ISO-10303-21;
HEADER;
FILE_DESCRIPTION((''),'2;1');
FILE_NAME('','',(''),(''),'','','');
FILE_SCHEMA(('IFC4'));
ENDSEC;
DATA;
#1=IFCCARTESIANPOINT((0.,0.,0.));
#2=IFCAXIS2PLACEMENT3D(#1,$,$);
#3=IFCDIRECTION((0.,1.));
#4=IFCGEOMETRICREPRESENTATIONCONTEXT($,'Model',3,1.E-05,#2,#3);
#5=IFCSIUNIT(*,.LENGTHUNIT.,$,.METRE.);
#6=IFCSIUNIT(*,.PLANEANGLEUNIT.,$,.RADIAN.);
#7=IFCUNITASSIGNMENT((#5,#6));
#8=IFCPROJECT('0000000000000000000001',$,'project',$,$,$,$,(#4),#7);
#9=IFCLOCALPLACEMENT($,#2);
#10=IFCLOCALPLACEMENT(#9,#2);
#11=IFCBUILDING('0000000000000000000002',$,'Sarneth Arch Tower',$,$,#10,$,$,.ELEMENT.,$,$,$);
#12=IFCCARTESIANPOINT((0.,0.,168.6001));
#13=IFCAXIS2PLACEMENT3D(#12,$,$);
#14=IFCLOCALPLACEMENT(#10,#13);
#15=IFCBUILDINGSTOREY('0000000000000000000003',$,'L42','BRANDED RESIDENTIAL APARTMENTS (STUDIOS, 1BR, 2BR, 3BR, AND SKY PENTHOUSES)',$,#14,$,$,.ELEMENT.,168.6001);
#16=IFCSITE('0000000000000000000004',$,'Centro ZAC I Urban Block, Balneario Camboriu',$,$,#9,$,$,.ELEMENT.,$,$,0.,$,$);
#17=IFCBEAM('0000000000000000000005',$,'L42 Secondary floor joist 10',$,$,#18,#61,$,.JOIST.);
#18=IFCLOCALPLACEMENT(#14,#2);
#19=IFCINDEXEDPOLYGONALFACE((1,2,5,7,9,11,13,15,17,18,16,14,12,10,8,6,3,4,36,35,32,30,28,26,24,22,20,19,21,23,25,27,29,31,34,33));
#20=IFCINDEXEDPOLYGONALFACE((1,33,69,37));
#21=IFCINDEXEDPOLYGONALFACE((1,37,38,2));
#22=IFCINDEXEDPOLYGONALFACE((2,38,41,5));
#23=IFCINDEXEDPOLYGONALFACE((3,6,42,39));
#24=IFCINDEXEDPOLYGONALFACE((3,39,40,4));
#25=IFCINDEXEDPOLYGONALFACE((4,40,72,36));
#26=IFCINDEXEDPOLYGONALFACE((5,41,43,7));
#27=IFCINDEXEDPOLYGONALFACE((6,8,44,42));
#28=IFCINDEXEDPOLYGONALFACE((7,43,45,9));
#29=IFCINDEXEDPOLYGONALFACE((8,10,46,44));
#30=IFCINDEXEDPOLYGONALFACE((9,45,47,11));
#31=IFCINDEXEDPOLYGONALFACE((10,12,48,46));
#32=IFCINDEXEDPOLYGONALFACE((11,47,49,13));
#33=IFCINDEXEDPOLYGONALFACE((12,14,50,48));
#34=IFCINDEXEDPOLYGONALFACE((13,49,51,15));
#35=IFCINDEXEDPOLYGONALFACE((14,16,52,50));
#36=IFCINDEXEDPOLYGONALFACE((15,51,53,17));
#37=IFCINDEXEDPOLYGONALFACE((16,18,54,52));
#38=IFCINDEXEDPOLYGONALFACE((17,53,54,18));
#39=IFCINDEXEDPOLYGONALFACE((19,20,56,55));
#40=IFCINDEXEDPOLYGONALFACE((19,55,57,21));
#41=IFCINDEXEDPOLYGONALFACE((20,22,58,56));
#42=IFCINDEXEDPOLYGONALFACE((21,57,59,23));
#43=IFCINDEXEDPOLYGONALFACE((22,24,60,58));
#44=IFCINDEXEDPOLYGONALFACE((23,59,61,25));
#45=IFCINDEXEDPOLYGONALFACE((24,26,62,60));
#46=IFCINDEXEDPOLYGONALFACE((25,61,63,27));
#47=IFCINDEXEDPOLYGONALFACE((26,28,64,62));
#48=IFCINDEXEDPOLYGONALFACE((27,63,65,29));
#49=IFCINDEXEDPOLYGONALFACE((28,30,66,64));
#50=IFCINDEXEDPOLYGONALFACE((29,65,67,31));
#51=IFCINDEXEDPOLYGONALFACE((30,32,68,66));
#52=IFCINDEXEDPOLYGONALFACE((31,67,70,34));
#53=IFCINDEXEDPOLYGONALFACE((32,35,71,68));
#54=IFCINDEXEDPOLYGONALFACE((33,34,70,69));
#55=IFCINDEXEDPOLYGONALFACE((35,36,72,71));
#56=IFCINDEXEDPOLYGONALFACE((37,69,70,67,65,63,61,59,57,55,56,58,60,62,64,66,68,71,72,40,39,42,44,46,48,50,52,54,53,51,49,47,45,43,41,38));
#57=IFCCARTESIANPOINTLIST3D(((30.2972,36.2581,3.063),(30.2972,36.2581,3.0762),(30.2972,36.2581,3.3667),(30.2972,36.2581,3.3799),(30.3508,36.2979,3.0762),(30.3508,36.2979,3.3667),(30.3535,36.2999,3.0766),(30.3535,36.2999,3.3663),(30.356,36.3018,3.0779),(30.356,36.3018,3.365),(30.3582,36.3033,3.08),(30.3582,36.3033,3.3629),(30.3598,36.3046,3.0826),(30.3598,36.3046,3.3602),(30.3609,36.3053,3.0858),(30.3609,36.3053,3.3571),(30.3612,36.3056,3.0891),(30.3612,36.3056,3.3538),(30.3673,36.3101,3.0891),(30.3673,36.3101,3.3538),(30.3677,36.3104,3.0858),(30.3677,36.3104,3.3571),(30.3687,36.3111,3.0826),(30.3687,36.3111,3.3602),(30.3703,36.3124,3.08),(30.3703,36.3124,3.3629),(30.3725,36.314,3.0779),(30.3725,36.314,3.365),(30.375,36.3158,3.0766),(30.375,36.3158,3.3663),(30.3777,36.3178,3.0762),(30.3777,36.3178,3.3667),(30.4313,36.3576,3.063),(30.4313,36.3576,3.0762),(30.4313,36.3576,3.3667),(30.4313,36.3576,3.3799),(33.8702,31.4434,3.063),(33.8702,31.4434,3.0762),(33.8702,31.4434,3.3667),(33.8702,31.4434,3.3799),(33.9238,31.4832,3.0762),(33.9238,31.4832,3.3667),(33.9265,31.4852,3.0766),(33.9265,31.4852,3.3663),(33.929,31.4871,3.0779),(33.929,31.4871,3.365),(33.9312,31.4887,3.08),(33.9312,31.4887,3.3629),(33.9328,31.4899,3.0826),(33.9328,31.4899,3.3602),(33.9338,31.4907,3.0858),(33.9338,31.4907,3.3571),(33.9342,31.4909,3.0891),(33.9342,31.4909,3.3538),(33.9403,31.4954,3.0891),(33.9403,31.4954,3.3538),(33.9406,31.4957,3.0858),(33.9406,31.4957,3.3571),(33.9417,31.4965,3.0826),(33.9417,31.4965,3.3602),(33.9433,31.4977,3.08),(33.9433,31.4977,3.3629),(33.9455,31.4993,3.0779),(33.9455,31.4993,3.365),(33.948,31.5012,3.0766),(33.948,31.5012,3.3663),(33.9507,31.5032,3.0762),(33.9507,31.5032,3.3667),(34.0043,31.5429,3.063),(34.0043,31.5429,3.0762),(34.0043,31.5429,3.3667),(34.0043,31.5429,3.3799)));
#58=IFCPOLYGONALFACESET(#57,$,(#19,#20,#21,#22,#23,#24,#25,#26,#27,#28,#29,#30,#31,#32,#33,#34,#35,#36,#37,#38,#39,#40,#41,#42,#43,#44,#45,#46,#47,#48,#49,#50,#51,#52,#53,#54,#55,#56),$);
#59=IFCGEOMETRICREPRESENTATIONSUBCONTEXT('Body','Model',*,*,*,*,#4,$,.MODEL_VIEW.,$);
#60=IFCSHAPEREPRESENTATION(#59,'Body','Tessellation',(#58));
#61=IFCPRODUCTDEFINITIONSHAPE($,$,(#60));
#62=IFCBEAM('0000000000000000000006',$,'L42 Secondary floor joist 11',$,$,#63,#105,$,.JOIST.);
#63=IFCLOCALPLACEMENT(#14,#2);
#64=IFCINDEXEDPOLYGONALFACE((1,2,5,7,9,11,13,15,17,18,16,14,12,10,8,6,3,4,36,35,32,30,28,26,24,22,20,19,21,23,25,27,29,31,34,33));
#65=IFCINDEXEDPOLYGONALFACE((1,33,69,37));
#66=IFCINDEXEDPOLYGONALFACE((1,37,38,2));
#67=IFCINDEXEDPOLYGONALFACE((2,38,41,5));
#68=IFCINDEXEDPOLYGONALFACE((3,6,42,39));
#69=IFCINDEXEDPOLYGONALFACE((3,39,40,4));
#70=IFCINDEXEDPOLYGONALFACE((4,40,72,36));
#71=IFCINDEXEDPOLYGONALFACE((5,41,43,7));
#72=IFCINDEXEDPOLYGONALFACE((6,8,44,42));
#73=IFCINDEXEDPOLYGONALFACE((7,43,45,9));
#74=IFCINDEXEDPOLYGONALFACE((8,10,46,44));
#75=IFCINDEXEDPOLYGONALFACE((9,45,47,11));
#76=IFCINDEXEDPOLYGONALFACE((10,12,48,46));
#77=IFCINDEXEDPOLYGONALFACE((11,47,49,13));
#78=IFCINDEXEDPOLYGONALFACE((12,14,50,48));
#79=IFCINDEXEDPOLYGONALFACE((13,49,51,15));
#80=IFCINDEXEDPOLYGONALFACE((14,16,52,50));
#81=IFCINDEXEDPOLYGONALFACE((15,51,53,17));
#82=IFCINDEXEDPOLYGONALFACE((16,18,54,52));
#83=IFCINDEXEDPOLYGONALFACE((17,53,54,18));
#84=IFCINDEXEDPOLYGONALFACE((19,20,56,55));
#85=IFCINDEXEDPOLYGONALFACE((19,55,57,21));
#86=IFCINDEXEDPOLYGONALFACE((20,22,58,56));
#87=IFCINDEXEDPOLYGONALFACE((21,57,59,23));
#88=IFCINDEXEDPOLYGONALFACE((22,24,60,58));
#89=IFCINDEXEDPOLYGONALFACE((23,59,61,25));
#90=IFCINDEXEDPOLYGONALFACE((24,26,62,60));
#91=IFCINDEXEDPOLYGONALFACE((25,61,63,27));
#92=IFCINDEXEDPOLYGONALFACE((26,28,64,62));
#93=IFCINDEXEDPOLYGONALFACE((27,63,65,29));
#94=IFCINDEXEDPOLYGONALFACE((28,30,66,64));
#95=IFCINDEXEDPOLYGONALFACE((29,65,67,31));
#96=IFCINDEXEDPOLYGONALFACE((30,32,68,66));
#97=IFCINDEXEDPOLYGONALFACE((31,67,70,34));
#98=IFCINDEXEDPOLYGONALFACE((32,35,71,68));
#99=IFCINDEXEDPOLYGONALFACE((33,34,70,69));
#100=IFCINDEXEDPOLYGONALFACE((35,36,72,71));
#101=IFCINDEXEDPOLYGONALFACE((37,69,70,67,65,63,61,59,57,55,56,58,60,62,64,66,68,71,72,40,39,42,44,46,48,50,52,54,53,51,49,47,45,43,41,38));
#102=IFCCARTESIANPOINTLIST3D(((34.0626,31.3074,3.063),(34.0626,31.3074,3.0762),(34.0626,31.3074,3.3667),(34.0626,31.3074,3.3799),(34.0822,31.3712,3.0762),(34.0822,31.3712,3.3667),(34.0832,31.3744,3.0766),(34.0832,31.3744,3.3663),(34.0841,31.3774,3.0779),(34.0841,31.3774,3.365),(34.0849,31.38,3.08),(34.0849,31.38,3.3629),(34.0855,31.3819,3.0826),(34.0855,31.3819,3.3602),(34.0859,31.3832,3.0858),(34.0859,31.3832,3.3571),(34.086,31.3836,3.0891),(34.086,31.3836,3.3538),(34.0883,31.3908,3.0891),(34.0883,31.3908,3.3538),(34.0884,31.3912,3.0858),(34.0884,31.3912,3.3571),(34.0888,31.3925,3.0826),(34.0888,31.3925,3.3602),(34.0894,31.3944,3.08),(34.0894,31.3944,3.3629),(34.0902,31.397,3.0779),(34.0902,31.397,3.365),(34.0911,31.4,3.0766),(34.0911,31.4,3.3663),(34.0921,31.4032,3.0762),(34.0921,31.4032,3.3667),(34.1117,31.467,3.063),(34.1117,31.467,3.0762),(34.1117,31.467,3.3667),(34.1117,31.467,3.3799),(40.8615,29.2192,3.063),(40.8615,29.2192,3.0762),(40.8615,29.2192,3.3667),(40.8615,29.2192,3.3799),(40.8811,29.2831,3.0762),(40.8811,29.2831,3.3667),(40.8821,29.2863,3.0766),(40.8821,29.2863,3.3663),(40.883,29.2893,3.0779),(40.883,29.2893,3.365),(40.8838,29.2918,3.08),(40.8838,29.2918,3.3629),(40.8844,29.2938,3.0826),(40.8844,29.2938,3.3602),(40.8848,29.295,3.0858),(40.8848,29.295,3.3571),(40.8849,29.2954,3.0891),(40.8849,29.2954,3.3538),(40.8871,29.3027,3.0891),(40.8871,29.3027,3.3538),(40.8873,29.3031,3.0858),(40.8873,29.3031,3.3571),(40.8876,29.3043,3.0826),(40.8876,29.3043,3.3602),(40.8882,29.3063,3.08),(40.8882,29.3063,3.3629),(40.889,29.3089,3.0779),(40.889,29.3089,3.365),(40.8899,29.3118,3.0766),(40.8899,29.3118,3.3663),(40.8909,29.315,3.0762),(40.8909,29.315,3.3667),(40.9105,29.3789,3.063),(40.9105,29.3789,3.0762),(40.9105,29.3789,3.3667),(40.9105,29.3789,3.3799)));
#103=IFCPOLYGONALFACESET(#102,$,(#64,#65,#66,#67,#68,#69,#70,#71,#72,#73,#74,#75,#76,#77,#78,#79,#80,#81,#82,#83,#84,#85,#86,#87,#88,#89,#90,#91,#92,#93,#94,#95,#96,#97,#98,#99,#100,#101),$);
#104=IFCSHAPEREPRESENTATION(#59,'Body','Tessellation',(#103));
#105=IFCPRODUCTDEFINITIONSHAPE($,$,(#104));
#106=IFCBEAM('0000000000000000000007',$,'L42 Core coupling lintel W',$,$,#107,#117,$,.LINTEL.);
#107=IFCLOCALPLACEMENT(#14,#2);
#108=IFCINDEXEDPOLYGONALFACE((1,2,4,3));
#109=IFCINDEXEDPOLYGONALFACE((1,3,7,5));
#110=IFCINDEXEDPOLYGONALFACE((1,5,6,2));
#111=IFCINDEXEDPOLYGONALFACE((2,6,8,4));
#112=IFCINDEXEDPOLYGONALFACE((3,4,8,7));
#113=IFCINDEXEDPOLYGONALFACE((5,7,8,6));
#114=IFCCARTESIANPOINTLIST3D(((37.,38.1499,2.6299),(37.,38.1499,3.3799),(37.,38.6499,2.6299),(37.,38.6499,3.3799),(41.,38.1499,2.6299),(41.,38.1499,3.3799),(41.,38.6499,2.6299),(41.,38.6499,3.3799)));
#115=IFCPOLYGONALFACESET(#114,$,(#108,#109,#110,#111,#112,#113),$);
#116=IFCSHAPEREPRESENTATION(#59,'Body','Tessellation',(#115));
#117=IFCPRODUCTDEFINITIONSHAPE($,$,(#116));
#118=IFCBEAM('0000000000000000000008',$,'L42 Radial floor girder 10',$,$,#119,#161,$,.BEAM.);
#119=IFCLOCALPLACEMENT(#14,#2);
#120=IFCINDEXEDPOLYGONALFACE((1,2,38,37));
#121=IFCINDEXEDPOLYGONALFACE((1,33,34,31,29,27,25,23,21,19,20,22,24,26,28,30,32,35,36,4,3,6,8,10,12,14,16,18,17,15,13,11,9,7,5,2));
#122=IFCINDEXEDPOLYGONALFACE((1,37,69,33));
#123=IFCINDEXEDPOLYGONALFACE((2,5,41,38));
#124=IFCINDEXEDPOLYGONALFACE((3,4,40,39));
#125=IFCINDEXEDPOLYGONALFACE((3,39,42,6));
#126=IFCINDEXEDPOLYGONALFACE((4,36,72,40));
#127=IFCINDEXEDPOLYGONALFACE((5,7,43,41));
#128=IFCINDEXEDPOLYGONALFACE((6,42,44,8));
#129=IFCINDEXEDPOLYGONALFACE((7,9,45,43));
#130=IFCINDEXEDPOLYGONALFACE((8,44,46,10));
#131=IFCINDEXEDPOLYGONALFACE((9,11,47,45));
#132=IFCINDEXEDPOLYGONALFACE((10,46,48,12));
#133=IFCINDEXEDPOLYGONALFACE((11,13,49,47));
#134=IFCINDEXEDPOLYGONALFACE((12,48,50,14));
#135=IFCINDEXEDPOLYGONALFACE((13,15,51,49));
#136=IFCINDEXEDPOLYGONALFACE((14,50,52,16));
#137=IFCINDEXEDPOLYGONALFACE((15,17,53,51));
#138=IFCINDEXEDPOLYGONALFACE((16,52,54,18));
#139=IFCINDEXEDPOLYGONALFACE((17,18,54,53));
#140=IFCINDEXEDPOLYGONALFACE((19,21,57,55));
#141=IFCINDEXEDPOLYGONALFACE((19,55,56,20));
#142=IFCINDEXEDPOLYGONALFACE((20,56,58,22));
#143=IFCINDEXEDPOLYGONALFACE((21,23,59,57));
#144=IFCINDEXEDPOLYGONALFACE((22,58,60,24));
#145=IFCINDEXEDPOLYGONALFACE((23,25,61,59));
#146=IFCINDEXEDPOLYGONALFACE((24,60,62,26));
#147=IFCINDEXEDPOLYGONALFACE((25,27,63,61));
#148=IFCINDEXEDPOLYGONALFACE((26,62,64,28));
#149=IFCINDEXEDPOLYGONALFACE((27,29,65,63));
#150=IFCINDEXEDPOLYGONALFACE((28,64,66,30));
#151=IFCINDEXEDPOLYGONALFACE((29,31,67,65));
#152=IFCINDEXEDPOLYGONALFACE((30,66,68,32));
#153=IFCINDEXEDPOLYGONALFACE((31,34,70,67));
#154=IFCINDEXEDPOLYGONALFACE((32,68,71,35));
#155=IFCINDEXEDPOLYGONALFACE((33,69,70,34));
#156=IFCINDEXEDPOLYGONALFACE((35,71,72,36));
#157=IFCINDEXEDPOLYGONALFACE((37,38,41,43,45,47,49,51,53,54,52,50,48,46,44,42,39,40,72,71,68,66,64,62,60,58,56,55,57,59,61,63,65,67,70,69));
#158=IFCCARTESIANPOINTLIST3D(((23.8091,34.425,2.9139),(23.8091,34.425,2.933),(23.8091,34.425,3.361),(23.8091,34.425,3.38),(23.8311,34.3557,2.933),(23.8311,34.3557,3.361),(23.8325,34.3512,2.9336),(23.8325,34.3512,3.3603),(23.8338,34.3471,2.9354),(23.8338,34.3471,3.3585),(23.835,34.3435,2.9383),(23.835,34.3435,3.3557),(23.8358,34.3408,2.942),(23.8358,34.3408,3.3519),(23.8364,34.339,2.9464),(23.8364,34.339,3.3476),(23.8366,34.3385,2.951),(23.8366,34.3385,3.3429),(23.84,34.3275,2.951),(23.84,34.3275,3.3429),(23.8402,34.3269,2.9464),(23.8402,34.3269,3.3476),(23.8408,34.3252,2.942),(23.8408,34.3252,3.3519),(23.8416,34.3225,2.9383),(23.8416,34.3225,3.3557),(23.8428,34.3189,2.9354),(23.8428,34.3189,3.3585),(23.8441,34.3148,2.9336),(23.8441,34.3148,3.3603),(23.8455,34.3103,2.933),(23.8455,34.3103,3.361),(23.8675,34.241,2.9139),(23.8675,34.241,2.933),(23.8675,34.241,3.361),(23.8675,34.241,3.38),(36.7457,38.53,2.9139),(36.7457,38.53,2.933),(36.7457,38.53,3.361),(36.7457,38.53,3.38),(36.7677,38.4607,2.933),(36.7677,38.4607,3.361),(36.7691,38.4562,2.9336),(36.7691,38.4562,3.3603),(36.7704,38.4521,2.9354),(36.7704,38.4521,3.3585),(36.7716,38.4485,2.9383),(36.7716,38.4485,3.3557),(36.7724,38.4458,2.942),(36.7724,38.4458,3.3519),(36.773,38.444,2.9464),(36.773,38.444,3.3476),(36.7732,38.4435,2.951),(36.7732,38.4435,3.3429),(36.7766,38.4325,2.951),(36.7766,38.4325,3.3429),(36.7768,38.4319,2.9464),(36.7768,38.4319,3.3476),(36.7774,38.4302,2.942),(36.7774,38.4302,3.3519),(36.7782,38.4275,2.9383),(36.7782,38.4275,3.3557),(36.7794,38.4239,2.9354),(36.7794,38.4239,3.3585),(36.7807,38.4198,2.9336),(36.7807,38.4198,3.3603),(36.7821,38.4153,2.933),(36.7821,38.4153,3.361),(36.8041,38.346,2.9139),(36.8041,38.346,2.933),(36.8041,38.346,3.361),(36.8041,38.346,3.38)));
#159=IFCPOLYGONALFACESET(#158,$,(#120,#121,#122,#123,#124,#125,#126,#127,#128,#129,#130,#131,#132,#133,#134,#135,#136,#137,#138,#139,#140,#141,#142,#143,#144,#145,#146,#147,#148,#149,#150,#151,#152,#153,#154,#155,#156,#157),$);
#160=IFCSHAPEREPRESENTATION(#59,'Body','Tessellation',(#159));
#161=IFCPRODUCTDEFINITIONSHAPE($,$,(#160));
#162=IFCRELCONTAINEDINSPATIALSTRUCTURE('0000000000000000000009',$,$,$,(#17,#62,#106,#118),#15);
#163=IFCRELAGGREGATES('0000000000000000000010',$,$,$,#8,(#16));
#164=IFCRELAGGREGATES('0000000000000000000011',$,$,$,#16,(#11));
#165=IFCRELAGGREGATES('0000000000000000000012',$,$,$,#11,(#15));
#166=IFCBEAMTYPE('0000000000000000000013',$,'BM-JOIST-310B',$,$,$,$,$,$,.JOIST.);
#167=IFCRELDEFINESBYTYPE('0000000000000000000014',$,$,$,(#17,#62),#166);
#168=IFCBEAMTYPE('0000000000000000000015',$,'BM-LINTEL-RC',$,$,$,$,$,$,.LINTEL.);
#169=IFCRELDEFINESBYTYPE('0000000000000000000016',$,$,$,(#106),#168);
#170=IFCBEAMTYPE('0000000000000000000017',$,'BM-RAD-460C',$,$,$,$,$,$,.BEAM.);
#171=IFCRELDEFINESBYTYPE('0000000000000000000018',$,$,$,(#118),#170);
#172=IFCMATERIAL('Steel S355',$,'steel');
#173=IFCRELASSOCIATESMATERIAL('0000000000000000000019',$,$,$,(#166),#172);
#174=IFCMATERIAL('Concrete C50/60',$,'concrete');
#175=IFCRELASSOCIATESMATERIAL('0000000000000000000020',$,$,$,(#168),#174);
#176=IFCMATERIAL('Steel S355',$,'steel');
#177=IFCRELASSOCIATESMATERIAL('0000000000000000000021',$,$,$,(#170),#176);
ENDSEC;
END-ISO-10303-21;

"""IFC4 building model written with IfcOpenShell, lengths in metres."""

from ifc_helpers import new_model, si_unit, direction, frame, origin, origin_2d, place, context, subcontext, project, spatial, rectangle, i_section, extrude, material, material_profile, profile_set, type_object, element, save


model = new_model("IFC4")

# Units and contexts
model_context = context("Model", 3, precision=1e-05, world=origin(), true_north=direction((0.0, 1.0)))
body_context = subcontext(model_context, "Body", "Model", "MODEL_VIEW")
ifc_project = project(units=[si_unit("LENGTHUNIT", "METRE"), si_unit("PLANEANGLEUNIT", "RADIAN")], contexts=[model_context])

# Site, building, storey
site_placement = place(None, origin())
site = spatial("IfcSite", under=ifc_project, at=site_placement, Name="Centro ZAC I Urban Block, Balneario Camboriu", CompositionType="ELEMENT", RefElevation=0.0)
building_placement = place(site_placement, origin())
building = spatial("IfcBuilding", under=site, at=building_placement, Name="Sarneth Arch Tower", CompositionType="ELEMENT")
storey_placement = place(building_placement, frame((0.0, 0.0, 168.6001)))
storey = spatial("IfcBuildingStorey", under=building, at=storey_placement, Name="L42", Description="BRANDED RESIDENTIAL APARTMENTS (STUDIOS, 1BR, 2BR, 3BR, AND SKY PENTHOUSES)", CompositionType="ELEMENT", Elevation=168.6001)

# Beams
ifc_material_1 = material(Name="Steel S355", Category="steel")
ifc_material_profile_1 = material_profile(ifc_material_1, i_section(OverallWidth=0.167, OverallDepth=0.3169, WebThickness=0.0076, FlangeThickness=0.0132, FilletRadius=0.0129, at=origin_2d()), Name="W310x52")
ifc_profile_set_1 = profile_set([ifc_material_profile_1], Name="Steel S355")
beam_type_1 = type_object("IfcBeamType", Name="BM-JOIST-310B", PredefinedType="JOIST", material=ifc_profile_set_1)
beam_1_placement = place(storey_placement, frame((30.3643, 36.3079, 3.2214), z_axis=(0.595933, -0.803034, 0.0), x_axis=(0.803034, 0.595933, 0.0)))
element("IfcBeam", 1, at=beam_1_placement, inside=storey, type_object=beam_type_1, Name="L42 Secondary floor joist 10", PredefinedType="JOIST", context=body_context, shape_type="SweptSolid", body=[
    extrude(i_section(OverallWidth=0.167, OverallDepth=0.3169, WebThickness=0.0076, FlangeThickness=0.0132, FilletRadius=0.0129, at=origin_2d()), origin(), (0.0, 0.0, 1.0), 5.9956),
])
beam_2_placement = place(storey_placement, frame((34.0872, 31.3872, 3.2214), z_axis=(0.95593, -0.293596, 0.0), x_axis=(0.293596, 0.95593, 0.0)))
element("IfcBeam", 2, at=beam_2_placement, inside=storey, type_object=beam_type_1, Name="L42 Secondary floor joist 11", PredefinedType="JOIST", context=body_context, shape_type="SweptSolid", body=[
    extrude(i_section(OverallWidth=0.167, OverallDepth=0.3169, WebThickness=0.0076, FlangeThickness=0.0132, FilletRadius=0.0129, at=origin_2d()), origin(), (0.0, 0.0, 1.0), 7.1123),
])
ifc_material_2 = material(Name="Concrete C50/60", Category="concrete")
ifc_material_profile_2 = material_profile(ifc_material_2, rectangle(XDim=0.5, YDim=0.75, at=origin_2d()), Name="RC-500x750")
ifc_profile_set_2 = profile_set([ifc_material_profile_2], Name="Concrete C50/60")
beam_type_2 = type_object("IfcBeamType", Name="BM-LINTEL-RC", PredefinedType="LINTEL", material=ifc_profile_set_2)
beam_3_placement = place(storey_placement, frame((37.0, 38.3999, 3.0049), z_axis=(1.0, 0.0, 0.0), x_axis=(0.0, 1.0, 0.0)))
element("IfcBeam", 3, at=beam_3_placement, inside=storey, type_object=beam_type_2, Name="L42 Core coupling lintel W", PredefinedType="LINTEL", context=body_context, shape_type="SweptSolid", body=[
    extrude(rectangle(XDim=0.5, YDim=0.75, at=origin_2d()), origin(), (0.0, 0.0, 1.0), 4.0),
])
ifc_material_3 = material(Name="Steel S355", Category="steel")
ifc_material_profile_3 = material_profile(ifc_material_3, i_section(OverallWidth=0.1931, OverallDepth=0.4661, WebThickness=0.0115, FlangeThickness=0.019, FilletRadius=0.0181, at=origin_2d()), Name="W460x97")
ifc_profile_set_3 = profile_set([ifc_material_profile_3], Name="Steel S355")
beam_type_3 = type_object("IfcBeamType", Name="BM-RAD-460C", PredefinedType="BEAM", material=ifc_profile_set_3)
beam_4_placement = place(storey_placement, frame((36.7749, 38.438, 3.147), z_axis=(-0.953164, -0.302455, 0.0), x_axis=(0.302455, -0.953164, 0.0)))
element("IfcBeam", 4, at=beam_4_placement, inside=storey, type_object=beam_type_3, Name="L42 Radial floor girder 10", PredefinedType="BEAM", context=body_context, shape_type="SweptSolid", body=[
    extrude(i_section(OverallWidth=0.1931, OverallDepth=0.4661, WebThickness=0.0115, FlangeThickness=0.019, FilletRadius=0.0181, at=origin_2d()), origin(), (0.0, 0.0, 1.0), 13.5723),
])

save(model, "model.ifc")
